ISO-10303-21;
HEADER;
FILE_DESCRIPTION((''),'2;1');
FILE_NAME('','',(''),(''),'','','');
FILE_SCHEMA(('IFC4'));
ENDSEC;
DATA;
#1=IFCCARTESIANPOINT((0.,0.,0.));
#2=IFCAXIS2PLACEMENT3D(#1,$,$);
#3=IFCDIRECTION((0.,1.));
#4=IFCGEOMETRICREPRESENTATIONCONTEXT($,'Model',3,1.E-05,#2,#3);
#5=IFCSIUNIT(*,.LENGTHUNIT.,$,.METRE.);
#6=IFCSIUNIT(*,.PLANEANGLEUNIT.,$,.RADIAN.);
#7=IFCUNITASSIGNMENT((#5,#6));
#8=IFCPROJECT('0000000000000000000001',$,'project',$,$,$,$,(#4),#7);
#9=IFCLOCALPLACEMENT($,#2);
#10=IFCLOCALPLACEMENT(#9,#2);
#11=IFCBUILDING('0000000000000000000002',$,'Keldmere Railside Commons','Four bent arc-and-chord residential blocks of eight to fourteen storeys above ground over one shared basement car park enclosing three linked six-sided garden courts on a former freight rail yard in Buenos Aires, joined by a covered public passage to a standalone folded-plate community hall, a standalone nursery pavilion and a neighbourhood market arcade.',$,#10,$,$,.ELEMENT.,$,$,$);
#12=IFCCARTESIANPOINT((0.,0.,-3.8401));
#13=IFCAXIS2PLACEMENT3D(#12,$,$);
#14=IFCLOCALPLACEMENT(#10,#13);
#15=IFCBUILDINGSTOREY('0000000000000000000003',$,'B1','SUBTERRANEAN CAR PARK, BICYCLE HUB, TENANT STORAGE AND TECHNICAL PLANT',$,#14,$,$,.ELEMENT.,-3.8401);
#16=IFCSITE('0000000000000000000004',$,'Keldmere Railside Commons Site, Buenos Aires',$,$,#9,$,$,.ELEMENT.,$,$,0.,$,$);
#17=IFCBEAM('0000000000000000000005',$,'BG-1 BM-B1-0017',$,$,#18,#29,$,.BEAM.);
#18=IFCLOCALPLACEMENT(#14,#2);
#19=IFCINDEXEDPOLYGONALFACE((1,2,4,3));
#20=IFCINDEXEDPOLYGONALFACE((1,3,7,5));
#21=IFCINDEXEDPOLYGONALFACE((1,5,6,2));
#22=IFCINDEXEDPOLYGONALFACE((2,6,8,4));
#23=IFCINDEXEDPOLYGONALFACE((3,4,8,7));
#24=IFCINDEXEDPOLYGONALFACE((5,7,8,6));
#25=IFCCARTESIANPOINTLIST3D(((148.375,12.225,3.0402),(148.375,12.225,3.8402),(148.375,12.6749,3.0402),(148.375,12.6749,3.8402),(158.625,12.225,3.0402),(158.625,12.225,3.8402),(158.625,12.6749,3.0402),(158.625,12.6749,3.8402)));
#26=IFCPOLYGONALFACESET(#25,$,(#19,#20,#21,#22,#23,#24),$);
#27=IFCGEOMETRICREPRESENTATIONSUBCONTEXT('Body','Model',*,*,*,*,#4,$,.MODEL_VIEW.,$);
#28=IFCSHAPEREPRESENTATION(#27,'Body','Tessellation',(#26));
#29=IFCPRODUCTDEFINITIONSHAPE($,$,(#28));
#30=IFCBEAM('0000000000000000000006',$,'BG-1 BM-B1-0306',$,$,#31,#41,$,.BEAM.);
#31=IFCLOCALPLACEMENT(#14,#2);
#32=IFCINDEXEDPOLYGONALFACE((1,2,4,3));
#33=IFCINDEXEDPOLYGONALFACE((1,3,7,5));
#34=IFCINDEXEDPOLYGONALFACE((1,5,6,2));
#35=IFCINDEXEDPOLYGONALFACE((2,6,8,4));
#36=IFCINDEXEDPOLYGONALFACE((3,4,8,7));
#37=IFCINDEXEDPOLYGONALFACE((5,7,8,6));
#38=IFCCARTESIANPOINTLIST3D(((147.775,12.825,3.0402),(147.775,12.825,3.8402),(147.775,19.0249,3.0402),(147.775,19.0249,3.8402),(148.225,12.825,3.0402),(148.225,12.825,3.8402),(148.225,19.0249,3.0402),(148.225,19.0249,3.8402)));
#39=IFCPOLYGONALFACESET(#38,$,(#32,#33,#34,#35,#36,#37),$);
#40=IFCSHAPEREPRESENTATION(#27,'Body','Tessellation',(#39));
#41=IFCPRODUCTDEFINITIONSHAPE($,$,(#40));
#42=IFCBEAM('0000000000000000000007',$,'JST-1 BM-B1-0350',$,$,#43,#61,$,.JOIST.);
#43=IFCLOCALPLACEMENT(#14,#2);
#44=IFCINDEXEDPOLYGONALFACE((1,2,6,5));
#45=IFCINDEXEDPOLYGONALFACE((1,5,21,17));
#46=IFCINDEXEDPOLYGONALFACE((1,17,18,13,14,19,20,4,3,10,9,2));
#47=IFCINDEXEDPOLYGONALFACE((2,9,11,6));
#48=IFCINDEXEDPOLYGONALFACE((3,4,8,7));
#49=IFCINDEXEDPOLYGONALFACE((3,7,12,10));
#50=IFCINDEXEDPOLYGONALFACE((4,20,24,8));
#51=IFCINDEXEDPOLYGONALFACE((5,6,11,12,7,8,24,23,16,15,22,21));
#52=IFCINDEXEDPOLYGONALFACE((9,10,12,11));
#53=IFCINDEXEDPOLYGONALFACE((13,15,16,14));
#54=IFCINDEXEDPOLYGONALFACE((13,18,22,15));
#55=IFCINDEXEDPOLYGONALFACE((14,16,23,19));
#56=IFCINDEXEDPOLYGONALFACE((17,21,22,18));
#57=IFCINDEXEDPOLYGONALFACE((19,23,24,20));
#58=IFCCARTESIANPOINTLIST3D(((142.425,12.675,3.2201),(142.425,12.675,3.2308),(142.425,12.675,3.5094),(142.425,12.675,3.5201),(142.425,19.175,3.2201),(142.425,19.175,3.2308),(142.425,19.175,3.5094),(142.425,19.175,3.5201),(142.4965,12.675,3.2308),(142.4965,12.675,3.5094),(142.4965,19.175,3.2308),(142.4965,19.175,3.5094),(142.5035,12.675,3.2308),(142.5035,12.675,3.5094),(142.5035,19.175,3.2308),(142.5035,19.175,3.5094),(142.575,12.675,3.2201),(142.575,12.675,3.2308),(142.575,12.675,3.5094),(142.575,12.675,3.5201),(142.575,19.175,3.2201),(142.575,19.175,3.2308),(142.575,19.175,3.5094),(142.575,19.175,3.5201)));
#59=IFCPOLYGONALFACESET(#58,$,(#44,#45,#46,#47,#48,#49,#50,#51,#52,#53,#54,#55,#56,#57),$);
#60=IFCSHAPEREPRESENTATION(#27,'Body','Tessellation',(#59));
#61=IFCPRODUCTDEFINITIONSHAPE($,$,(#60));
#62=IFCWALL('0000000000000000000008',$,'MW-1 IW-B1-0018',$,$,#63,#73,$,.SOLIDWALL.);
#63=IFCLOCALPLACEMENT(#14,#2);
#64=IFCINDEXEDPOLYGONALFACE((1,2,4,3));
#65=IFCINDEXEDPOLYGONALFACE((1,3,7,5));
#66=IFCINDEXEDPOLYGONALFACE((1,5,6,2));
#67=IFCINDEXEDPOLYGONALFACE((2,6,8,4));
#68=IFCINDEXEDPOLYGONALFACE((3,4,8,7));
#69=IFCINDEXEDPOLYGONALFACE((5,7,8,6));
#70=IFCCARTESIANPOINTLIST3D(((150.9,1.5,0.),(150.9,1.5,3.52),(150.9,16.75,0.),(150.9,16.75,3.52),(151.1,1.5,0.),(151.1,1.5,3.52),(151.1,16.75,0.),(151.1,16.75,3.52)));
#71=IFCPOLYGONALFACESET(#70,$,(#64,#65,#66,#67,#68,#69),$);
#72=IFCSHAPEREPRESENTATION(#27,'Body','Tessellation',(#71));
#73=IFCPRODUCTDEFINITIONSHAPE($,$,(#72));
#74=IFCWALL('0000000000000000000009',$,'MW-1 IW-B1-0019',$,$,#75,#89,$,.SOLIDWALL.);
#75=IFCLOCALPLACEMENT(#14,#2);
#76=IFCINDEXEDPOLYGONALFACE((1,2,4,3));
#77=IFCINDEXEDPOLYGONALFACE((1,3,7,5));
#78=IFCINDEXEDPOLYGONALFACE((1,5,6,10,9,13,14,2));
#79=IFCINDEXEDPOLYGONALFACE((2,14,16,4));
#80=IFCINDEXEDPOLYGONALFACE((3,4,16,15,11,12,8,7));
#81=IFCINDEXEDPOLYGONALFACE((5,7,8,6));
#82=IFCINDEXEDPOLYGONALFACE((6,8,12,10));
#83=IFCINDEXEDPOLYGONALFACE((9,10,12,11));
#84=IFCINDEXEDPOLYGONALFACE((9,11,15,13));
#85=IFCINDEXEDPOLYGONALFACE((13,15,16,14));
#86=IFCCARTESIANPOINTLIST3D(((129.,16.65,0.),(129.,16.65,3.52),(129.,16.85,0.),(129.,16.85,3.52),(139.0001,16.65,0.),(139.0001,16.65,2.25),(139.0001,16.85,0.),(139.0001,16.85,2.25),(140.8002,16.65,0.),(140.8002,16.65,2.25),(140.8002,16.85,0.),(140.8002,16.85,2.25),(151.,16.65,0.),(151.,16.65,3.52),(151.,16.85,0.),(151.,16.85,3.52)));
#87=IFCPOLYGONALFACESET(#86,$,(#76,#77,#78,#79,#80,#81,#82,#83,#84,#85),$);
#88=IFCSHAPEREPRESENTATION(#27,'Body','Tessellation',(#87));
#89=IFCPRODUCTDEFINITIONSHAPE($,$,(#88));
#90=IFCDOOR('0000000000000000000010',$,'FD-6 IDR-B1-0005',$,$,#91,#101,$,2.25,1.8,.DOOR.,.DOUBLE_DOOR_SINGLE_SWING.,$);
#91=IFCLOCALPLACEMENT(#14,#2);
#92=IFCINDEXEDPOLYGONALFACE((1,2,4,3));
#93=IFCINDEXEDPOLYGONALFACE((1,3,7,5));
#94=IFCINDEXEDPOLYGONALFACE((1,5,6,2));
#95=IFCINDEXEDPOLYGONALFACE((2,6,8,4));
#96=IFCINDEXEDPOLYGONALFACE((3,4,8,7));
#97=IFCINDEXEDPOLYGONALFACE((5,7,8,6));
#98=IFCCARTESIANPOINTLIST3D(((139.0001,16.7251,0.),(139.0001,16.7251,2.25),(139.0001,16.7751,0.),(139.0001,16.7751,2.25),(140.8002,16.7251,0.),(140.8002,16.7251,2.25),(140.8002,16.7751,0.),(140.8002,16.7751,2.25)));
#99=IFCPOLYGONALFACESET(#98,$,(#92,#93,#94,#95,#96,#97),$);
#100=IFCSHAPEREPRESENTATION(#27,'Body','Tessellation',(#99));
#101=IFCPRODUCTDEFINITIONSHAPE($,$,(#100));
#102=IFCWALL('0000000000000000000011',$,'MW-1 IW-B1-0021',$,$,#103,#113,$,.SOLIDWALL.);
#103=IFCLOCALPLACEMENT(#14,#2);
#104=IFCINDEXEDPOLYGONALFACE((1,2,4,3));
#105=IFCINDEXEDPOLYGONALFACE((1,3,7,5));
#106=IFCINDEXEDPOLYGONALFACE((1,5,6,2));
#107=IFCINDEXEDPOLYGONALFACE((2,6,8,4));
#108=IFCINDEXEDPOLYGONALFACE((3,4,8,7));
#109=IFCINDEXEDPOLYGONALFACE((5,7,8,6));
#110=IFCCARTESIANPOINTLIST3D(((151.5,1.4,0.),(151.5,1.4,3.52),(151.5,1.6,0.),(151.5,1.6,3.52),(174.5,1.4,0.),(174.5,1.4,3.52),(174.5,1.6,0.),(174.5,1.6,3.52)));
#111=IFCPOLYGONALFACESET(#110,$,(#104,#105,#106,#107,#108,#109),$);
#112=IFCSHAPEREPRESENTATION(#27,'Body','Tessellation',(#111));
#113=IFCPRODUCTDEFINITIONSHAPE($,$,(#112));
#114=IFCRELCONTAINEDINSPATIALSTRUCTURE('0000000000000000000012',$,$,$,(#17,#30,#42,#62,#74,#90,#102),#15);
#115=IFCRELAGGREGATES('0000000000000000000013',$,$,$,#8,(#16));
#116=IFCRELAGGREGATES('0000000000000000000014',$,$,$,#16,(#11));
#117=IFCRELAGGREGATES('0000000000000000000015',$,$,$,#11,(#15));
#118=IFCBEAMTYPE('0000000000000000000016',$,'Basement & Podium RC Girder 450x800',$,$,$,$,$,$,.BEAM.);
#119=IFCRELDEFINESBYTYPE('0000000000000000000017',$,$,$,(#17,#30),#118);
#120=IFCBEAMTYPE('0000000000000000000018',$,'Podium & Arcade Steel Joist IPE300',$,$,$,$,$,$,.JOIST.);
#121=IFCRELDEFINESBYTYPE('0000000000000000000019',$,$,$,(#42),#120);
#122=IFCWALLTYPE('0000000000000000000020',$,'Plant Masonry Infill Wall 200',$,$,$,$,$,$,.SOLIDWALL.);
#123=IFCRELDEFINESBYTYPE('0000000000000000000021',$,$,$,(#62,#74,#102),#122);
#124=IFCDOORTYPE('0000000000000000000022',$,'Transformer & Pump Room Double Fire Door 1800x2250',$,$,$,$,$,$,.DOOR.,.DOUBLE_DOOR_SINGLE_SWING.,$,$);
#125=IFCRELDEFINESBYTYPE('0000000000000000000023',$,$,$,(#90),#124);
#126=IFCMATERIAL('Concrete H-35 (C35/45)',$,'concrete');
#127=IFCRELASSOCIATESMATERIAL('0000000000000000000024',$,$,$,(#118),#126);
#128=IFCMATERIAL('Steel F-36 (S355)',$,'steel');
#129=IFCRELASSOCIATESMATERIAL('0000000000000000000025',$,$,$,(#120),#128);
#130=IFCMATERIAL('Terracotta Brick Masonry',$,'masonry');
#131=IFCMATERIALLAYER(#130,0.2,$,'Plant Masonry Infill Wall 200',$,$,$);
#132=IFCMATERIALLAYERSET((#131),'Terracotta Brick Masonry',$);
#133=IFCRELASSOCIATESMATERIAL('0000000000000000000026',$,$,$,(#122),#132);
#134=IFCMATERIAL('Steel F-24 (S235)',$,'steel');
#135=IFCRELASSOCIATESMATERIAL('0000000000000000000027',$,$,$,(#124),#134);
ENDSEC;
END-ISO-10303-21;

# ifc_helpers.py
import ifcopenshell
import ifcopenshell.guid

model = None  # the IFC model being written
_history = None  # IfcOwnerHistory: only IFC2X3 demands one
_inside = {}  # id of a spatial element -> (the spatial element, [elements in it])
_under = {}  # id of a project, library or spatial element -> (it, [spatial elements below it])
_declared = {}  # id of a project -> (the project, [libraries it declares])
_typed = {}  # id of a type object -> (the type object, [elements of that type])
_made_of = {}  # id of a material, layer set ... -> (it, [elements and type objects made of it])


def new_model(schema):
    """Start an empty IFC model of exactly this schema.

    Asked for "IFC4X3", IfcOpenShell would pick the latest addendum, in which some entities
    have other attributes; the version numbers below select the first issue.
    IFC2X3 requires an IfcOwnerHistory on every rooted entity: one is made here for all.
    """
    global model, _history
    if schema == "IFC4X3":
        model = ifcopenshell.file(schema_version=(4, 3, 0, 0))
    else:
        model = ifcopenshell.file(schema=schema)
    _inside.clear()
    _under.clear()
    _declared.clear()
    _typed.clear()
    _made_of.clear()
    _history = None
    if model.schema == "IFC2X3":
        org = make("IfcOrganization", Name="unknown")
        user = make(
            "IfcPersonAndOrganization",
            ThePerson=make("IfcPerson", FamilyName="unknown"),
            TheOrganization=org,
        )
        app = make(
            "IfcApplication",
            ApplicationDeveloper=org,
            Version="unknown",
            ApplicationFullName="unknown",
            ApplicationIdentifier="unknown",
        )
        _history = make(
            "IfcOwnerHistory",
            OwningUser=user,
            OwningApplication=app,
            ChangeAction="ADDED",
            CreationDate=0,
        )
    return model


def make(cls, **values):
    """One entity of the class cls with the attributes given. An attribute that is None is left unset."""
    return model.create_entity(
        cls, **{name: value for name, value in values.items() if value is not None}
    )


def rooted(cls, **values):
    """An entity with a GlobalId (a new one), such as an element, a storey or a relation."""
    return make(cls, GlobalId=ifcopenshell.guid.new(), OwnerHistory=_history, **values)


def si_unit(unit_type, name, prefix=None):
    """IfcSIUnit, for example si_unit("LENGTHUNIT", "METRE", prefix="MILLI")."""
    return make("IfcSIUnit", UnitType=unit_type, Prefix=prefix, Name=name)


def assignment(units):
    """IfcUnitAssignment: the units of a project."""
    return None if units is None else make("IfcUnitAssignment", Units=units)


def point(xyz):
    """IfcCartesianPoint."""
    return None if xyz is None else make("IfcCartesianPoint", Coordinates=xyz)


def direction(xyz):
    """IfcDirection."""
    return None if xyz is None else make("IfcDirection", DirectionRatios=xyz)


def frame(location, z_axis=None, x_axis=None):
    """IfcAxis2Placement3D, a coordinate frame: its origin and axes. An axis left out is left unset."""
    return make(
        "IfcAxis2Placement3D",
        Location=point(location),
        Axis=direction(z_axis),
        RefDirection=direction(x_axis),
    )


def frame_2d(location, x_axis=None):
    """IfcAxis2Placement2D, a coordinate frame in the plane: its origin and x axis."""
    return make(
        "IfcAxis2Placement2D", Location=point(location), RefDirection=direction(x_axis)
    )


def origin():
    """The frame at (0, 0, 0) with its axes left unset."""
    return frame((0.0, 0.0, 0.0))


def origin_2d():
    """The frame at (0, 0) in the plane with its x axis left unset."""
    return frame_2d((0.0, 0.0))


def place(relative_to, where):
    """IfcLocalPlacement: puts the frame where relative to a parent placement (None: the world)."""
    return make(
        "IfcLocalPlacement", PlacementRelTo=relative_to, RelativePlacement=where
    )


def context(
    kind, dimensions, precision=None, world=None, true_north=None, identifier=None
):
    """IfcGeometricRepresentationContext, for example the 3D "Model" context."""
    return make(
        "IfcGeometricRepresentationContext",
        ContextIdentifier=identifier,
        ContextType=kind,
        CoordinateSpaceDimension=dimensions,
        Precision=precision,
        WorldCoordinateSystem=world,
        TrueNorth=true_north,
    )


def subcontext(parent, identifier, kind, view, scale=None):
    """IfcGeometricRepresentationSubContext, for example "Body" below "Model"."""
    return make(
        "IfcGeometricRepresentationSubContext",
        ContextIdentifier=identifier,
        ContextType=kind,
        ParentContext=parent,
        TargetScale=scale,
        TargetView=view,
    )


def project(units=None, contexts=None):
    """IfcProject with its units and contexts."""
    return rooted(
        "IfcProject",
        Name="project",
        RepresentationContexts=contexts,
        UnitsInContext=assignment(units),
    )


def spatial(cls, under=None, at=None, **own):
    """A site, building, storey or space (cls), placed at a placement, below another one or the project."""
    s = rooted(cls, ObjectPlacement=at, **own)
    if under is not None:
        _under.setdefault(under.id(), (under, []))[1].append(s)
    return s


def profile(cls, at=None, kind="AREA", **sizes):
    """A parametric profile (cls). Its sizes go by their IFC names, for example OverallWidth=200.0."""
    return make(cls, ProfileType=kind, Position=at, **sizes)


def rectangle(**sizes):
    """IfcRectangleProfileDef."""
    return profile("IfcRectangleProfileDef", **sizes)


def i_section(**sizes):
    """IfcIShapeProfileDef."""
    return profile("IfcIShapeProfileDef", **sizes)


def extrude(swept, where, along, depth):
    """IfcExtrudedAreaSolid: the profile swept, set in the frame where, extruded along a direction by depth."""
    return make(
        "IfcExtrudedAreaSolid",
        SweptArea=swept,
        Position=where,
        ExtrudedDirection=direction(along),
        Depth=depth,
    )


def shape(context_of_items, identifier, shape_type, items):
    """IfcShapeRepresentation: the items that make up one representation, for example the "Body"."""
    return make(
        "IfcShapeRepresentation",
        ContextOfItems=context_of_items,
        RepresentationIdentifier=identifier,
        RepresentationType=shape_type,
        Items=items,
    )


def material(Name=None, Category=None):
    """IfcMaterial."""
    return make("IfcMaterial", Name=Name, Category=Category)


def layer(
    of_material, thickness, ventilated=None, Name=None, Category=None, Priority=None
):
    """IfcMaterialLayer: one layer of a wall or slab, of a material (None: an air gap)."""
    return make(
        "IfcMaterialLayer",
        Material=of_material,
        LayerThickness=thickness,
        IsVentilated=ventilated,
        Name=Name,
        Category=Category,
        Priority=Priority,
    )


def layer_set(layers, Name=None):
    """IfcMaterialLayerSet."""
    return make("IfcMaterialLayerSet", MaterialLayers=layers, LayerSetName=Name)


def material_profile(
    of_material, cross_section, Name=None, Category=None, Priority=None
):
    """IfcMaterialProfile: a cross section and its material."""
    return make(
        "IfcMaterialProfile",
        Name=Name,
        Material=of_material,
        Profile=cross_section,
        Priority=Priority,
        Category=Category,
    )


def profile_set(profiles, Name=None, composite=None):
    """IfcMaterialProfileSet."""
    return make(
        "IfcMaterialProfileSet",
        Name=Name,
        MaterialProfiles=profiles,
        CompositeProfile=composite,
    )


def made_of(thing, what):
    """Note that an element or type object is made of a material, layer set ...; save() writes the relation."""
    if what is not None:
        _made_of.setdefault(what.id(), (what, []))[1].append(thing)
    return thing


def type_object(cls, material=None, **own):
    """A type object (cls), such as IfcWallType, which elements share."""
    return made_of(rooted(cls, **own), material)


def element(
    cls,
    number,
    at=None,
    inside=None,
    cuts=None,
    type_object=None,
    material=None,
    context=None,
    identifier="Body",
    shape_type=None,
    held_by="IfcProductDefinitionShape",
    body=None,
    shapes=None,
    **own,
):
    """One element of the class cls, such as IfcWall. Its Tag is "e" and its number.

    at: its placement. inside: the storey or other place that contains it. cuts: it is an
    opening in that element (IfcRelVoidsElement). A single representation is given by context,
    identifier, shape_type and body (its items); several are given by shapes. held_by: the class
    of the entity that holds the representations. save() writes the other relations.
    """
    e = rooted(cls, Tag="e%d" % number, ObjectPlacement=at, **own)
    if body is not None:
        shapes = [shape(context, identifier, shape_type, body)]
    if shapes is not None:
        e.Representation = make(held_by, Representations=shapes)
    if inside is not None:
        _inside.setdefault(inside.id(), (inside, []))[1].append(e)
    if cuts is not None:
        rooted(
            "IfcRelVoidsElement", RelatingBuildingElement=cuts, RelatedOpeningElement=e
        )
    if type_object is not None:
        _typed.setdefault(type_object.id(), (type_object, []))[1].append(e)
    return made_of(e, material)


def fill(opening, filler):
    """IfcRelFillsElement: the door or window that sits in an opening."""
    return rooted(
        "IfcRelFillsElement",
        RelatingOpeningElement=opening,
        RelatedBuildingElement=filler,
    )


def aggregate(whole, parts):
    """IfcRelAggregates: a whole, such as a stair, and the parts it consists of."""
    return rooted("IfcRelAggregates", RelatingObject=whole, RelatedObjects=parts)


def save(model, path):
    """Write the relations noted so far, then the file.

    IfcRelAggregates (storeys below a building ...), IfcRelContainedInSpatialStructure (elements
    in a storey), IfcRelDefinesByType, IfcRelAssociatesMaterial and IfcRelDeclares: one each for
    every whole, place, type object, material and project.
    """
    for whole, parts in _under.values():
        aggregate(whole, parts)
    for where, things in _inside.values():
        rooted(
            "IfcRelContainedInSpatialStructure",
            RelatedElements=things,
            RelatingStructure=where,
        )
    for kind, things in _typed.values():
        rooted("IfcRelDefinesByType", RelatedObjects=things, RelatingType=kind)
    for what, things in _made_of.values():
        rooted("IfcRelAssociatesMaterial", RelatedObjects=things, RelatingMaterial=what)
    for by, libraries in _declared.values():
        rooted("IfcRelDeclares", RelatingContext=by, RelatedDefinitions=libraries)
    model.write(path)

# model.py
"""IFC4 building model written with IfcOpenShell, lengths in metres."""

from ifc_helpers import new_model, si_unit, direction, frame, frame_2d, origin, origin_2d, place, context, subcontext, project, spatial, rectangle, i_section, extrude, material, layer, layer_set, material_profile, profile_set, type_object, element, fill, save


model = new_model("IFC4")

# Units and contexts
model_context = context("Model", 3, precision=1e-05, world=origin(), true_north=direction((0.0, 1.0)))
body_context = subcontext(model_context, "Body", "Model", "MODEL_VIEW")
ifc_project = project(units=[si_unit("LENGTHUNIT", "METRE"), si_unit("PLANEANGLEUNIT", "RADIAN")], contexts=[model_context])

# Site, building, storey
site_placement = place(None, origin())
site = spatial("IfcSite", under=ifc_project, at=site_placement, Name="Keldmere Railside Commons Site, Buenos Aires", CompositionType="ELEMENT", RefElevation=0.0)
building_placement = place(site_placement, origin())
building = spatial("IfcBuilding", under=site, at=building_placement, Name="Keldmere Railside Commons", Description="Four bent arc-and-chord residential blocks of eight to fourteen storeys above ground over one shared basement car park enclosing three linked six-sided garden courts on a former freight rail yard in Buenos Aires, joined by a covered public passage to a standalone folded-plate community hall, a standalone nursery pavilion and a neighbourhood market arcade.", CompositionType="ELEMENT")
storey_placement = place(building_placement, frame((0.0, 0.0, -3.8401)))
storey = spatial("IfcBuildingStorey", under=building, at=storey_placement, Name="B1", Description="SUBTERRANEAN CAR PARK, BICYCLE HUB, TENANT STORAGE AND TECHNICAL PLANT", CompositionType="ELEMENT", Elevation=-3.8401)

# Beams
ifc_material_1 = material(Name="Concrete H-35 (C35/45)", Category="concrete")
ifc_material_profile_1 = material_profile(ifc_material_1, rectangle(XDim=0.45, YDim=0.8, at=origin_2d()), Name="RC-450x800")
ifc_profile_set_1 = profile_set([ifc_material_profile_1], Name="Concrete H-35 (C35/45)")
beam_type_1 = type_object("IfcBeamType", Name="Basement & Podium RC Girder 450x800", PredefinedType="BEAM", material=ifc_profile_set_1)
beam_1_placement = place(storey_placement, frame((148.375, 12.45, 3.4402), z_axis=(1.0, 0.0, 0.0), x_axis=(0.0, 1.0, 0.0)))
element("IfcBeam", 1, at=beam_1_placement, inside=storey, type_object=beam_type_1, Name="BG-1 BM-B1-0017", PredefinedType="BEAM", context=body_context, shape_type="SweptSolid", body=[
    extrude(rectangle(XDim=0.45, YDim=0.8, at=origin_2d()), origin(), (0.0, 0.0, 1.0), 10.25),
])
beam_2_placement = place(storey_placement, frame((148.0, 12.825, 3.4402), z_axis=(0.0, 1.0, 0.0), x_axis=(-1.0, 0.0, 0.0)))
element("IfcBeam", 2, at=beam_2_placement, inside=storey, type_object=beam_type_1, Name="BG-1 BM-B1-0306", PredefinedType="BEAM", context=body_context, shape_type="SweptSolid", body=[
    extrude(rectangle(XDim=0.45, YDim=0.8, at=origin_2d()), origin(), (0.0, 0.0, 1.0), 6.2),
])
ifc_material_2 = material(Name="Steel F-36 (S355)", Category="steel")
ifc_material_profile_2 = material_profile(ifc_material_2, i_section(OverallWidth=0.1499, OverallDepth=0.3, WebThickness=0.0071, FlangeThickness=0.0107, at=origin_2d()), Name="IPE-300")
ifc_profile_set_2 = profile_set([ifc_material_profile_2], Name="Steel F-36 (S355)")
beam_type_2 = type_object("IfcBeamType", Name="Podium & Arcade Steel Joist IPE300", PredefinedType="JOIST", material=ifc_profile_set_2)
beam_3_placement = place(storey_placement, frame((142.5, 12.675, 3.3701), z_axis=(0.0, 1.0, 0.0), x_axis=(-1.0, 0.0, 0.0)))
element("IfcBeam", 3, at=beam_3_placement, inside=storey, type_object=beam_type_2, Name="JST-1 BM-B1-0350", PredefinedType="JOIST", context=body_context, shape_type="SweptSolid", body=[
    extrude(i_section(OverallWidth=0.1499, OverallDepth=0.3, WebThickness=0.0071, FlangeThickness=0.0107, at=origin_2d()), origin(), (0.0, 0.0, 1.0), 6.5),
])

# Wall
ifc_material_3 = material(Name="Terracotta Brick Masonry", Category="masonry")
ifc_layer = layer(ifc_material_3, 0.2, Name="Plant Masonry Infill Wall 200")
ifc_layer_set = layer_set([ifc_layer], Name="Terracotta Brick Masonry")
wall_type = type_object("IfcWallType", Name="Plant Masonry Infill Wall 200", PredefinedType="SOLIDWALL", material=ifc_layer_set)
wall_1_placement = place(storey_placement, frame((151.0, 1.5, 0.0), z_axis=(0.0, 0.0, 1.0), x_axis=(0.0, 1.0, 0.0)))
element("IfcWall", 4, at=wall_1_placement, inside=storey, type_object=wall_type, Name="MW-1 IW-B1-0018", PredefinedType="SOLIDWALL", context=body_context, shape_type="SweptSolid", body=[
    extrude(rectangle(XDim=15.25, YDim=0.2, at=frame_2d((7.625, 0.0))), origin(), (0.0, 0.0, 1.0), 3.52),
])

# Wall, opening, door
wall_2_placement = place(storey_placement, frame((151.0, 16.75, 0.0), z_axis=(0.0, 0.0, 1.0), x_axis=(-1.0, 0.0, 0.0)))
wall_2 = element("IfcWall", 5, at=wall_2_placement, inside=storey, type_object=wall_type, Name="MW-1 IW-B1-0019", PredefinedType="SOLIDWALL", context=body_context, shape_type="SweptSolid", body=[
    extrude(rectangle(XDim=22.0, YDim=0.2, at=frame_2d((11.0, 0.0))), origin(), (0.0, 0.0, 1.0), 3.52),
])
opening_placement = place(wall_2_placement, frame((10.2, 0.0, 0.0)))
opening = element("IfcOpeningElement", 6, at=opening_placement, cuts=wall_2, PredefinedType="OPENING", context=body_context, shape_type="SweptSolid", body=[
    extrude(rectangle(XDim=1.8, YDim=2.25, at=frame_2d((0.8999, 1.125))), frame((0.0, 0.1099, 0.0), z_axis=(0.0, -1.0, 0.0), x_axis=(1.0, 0.0, 0.0)), (0.0, 0.0, 1.0), 0.22),
])
ifc_material_4 = material(Name="Steel F-24 (S235)", Category="steel")
door_type = type_object("IfcDoorType", Name="Transformer & Pump Room Double Fire Door 1800x2250", OperationType="DOUBLE_DOOR_SINGLE_SWING", PredefinedType="DOOR", material=ifc_material_4)
door_placement = place(opening_placement, origin())
door = element("IfcDoor", 7, at=door_placement, inside=storey, type_object=door_type, Name="FD-6 IDR-B1-0005", OperationType="DOUBLE_DOOR_SINGLE_SWING", OverallHeight=2.25, OverallWidth=1.8, PredefinedType="DOOR", context=body_context, shape_type="SweptSolid", body=[
    extrude(rectangle(XDim=1.8, YDim=2.25, at=frame_2d((0.8999, 1.125))), frame((0.0, 0.0249, 0.0), z_axis=(0.0, -1.0, 0.0), x_axis=(1.0, 0.0, 0.0)), (0.0, 0.0, 1.0), 0.05),
])
fill(opening, door)

# Wall
wall_3_placement = place(storey_placement, frame((151.5, 1.5, 0.0), z_axis=(0.0, 0.0, 1.0), x_axis=(1.0, 0.0, 0.0)))
element("IfcWall", 8, at=wall_3_placement, inside=storey, type_object=wall_type, Name="MW-1 IW-B1-0021", PredefinedType="SOLIDWALL", context=body_context, shape_type="SweptSolid", body=[
    extrude(rectangle(XDim=23.0, YDim=0.2, at=frame_2d((11.5, 0.0))), origin(), (0.0, 0.0, 1.0), 3.52),
])

save(model, "model.ifc")
